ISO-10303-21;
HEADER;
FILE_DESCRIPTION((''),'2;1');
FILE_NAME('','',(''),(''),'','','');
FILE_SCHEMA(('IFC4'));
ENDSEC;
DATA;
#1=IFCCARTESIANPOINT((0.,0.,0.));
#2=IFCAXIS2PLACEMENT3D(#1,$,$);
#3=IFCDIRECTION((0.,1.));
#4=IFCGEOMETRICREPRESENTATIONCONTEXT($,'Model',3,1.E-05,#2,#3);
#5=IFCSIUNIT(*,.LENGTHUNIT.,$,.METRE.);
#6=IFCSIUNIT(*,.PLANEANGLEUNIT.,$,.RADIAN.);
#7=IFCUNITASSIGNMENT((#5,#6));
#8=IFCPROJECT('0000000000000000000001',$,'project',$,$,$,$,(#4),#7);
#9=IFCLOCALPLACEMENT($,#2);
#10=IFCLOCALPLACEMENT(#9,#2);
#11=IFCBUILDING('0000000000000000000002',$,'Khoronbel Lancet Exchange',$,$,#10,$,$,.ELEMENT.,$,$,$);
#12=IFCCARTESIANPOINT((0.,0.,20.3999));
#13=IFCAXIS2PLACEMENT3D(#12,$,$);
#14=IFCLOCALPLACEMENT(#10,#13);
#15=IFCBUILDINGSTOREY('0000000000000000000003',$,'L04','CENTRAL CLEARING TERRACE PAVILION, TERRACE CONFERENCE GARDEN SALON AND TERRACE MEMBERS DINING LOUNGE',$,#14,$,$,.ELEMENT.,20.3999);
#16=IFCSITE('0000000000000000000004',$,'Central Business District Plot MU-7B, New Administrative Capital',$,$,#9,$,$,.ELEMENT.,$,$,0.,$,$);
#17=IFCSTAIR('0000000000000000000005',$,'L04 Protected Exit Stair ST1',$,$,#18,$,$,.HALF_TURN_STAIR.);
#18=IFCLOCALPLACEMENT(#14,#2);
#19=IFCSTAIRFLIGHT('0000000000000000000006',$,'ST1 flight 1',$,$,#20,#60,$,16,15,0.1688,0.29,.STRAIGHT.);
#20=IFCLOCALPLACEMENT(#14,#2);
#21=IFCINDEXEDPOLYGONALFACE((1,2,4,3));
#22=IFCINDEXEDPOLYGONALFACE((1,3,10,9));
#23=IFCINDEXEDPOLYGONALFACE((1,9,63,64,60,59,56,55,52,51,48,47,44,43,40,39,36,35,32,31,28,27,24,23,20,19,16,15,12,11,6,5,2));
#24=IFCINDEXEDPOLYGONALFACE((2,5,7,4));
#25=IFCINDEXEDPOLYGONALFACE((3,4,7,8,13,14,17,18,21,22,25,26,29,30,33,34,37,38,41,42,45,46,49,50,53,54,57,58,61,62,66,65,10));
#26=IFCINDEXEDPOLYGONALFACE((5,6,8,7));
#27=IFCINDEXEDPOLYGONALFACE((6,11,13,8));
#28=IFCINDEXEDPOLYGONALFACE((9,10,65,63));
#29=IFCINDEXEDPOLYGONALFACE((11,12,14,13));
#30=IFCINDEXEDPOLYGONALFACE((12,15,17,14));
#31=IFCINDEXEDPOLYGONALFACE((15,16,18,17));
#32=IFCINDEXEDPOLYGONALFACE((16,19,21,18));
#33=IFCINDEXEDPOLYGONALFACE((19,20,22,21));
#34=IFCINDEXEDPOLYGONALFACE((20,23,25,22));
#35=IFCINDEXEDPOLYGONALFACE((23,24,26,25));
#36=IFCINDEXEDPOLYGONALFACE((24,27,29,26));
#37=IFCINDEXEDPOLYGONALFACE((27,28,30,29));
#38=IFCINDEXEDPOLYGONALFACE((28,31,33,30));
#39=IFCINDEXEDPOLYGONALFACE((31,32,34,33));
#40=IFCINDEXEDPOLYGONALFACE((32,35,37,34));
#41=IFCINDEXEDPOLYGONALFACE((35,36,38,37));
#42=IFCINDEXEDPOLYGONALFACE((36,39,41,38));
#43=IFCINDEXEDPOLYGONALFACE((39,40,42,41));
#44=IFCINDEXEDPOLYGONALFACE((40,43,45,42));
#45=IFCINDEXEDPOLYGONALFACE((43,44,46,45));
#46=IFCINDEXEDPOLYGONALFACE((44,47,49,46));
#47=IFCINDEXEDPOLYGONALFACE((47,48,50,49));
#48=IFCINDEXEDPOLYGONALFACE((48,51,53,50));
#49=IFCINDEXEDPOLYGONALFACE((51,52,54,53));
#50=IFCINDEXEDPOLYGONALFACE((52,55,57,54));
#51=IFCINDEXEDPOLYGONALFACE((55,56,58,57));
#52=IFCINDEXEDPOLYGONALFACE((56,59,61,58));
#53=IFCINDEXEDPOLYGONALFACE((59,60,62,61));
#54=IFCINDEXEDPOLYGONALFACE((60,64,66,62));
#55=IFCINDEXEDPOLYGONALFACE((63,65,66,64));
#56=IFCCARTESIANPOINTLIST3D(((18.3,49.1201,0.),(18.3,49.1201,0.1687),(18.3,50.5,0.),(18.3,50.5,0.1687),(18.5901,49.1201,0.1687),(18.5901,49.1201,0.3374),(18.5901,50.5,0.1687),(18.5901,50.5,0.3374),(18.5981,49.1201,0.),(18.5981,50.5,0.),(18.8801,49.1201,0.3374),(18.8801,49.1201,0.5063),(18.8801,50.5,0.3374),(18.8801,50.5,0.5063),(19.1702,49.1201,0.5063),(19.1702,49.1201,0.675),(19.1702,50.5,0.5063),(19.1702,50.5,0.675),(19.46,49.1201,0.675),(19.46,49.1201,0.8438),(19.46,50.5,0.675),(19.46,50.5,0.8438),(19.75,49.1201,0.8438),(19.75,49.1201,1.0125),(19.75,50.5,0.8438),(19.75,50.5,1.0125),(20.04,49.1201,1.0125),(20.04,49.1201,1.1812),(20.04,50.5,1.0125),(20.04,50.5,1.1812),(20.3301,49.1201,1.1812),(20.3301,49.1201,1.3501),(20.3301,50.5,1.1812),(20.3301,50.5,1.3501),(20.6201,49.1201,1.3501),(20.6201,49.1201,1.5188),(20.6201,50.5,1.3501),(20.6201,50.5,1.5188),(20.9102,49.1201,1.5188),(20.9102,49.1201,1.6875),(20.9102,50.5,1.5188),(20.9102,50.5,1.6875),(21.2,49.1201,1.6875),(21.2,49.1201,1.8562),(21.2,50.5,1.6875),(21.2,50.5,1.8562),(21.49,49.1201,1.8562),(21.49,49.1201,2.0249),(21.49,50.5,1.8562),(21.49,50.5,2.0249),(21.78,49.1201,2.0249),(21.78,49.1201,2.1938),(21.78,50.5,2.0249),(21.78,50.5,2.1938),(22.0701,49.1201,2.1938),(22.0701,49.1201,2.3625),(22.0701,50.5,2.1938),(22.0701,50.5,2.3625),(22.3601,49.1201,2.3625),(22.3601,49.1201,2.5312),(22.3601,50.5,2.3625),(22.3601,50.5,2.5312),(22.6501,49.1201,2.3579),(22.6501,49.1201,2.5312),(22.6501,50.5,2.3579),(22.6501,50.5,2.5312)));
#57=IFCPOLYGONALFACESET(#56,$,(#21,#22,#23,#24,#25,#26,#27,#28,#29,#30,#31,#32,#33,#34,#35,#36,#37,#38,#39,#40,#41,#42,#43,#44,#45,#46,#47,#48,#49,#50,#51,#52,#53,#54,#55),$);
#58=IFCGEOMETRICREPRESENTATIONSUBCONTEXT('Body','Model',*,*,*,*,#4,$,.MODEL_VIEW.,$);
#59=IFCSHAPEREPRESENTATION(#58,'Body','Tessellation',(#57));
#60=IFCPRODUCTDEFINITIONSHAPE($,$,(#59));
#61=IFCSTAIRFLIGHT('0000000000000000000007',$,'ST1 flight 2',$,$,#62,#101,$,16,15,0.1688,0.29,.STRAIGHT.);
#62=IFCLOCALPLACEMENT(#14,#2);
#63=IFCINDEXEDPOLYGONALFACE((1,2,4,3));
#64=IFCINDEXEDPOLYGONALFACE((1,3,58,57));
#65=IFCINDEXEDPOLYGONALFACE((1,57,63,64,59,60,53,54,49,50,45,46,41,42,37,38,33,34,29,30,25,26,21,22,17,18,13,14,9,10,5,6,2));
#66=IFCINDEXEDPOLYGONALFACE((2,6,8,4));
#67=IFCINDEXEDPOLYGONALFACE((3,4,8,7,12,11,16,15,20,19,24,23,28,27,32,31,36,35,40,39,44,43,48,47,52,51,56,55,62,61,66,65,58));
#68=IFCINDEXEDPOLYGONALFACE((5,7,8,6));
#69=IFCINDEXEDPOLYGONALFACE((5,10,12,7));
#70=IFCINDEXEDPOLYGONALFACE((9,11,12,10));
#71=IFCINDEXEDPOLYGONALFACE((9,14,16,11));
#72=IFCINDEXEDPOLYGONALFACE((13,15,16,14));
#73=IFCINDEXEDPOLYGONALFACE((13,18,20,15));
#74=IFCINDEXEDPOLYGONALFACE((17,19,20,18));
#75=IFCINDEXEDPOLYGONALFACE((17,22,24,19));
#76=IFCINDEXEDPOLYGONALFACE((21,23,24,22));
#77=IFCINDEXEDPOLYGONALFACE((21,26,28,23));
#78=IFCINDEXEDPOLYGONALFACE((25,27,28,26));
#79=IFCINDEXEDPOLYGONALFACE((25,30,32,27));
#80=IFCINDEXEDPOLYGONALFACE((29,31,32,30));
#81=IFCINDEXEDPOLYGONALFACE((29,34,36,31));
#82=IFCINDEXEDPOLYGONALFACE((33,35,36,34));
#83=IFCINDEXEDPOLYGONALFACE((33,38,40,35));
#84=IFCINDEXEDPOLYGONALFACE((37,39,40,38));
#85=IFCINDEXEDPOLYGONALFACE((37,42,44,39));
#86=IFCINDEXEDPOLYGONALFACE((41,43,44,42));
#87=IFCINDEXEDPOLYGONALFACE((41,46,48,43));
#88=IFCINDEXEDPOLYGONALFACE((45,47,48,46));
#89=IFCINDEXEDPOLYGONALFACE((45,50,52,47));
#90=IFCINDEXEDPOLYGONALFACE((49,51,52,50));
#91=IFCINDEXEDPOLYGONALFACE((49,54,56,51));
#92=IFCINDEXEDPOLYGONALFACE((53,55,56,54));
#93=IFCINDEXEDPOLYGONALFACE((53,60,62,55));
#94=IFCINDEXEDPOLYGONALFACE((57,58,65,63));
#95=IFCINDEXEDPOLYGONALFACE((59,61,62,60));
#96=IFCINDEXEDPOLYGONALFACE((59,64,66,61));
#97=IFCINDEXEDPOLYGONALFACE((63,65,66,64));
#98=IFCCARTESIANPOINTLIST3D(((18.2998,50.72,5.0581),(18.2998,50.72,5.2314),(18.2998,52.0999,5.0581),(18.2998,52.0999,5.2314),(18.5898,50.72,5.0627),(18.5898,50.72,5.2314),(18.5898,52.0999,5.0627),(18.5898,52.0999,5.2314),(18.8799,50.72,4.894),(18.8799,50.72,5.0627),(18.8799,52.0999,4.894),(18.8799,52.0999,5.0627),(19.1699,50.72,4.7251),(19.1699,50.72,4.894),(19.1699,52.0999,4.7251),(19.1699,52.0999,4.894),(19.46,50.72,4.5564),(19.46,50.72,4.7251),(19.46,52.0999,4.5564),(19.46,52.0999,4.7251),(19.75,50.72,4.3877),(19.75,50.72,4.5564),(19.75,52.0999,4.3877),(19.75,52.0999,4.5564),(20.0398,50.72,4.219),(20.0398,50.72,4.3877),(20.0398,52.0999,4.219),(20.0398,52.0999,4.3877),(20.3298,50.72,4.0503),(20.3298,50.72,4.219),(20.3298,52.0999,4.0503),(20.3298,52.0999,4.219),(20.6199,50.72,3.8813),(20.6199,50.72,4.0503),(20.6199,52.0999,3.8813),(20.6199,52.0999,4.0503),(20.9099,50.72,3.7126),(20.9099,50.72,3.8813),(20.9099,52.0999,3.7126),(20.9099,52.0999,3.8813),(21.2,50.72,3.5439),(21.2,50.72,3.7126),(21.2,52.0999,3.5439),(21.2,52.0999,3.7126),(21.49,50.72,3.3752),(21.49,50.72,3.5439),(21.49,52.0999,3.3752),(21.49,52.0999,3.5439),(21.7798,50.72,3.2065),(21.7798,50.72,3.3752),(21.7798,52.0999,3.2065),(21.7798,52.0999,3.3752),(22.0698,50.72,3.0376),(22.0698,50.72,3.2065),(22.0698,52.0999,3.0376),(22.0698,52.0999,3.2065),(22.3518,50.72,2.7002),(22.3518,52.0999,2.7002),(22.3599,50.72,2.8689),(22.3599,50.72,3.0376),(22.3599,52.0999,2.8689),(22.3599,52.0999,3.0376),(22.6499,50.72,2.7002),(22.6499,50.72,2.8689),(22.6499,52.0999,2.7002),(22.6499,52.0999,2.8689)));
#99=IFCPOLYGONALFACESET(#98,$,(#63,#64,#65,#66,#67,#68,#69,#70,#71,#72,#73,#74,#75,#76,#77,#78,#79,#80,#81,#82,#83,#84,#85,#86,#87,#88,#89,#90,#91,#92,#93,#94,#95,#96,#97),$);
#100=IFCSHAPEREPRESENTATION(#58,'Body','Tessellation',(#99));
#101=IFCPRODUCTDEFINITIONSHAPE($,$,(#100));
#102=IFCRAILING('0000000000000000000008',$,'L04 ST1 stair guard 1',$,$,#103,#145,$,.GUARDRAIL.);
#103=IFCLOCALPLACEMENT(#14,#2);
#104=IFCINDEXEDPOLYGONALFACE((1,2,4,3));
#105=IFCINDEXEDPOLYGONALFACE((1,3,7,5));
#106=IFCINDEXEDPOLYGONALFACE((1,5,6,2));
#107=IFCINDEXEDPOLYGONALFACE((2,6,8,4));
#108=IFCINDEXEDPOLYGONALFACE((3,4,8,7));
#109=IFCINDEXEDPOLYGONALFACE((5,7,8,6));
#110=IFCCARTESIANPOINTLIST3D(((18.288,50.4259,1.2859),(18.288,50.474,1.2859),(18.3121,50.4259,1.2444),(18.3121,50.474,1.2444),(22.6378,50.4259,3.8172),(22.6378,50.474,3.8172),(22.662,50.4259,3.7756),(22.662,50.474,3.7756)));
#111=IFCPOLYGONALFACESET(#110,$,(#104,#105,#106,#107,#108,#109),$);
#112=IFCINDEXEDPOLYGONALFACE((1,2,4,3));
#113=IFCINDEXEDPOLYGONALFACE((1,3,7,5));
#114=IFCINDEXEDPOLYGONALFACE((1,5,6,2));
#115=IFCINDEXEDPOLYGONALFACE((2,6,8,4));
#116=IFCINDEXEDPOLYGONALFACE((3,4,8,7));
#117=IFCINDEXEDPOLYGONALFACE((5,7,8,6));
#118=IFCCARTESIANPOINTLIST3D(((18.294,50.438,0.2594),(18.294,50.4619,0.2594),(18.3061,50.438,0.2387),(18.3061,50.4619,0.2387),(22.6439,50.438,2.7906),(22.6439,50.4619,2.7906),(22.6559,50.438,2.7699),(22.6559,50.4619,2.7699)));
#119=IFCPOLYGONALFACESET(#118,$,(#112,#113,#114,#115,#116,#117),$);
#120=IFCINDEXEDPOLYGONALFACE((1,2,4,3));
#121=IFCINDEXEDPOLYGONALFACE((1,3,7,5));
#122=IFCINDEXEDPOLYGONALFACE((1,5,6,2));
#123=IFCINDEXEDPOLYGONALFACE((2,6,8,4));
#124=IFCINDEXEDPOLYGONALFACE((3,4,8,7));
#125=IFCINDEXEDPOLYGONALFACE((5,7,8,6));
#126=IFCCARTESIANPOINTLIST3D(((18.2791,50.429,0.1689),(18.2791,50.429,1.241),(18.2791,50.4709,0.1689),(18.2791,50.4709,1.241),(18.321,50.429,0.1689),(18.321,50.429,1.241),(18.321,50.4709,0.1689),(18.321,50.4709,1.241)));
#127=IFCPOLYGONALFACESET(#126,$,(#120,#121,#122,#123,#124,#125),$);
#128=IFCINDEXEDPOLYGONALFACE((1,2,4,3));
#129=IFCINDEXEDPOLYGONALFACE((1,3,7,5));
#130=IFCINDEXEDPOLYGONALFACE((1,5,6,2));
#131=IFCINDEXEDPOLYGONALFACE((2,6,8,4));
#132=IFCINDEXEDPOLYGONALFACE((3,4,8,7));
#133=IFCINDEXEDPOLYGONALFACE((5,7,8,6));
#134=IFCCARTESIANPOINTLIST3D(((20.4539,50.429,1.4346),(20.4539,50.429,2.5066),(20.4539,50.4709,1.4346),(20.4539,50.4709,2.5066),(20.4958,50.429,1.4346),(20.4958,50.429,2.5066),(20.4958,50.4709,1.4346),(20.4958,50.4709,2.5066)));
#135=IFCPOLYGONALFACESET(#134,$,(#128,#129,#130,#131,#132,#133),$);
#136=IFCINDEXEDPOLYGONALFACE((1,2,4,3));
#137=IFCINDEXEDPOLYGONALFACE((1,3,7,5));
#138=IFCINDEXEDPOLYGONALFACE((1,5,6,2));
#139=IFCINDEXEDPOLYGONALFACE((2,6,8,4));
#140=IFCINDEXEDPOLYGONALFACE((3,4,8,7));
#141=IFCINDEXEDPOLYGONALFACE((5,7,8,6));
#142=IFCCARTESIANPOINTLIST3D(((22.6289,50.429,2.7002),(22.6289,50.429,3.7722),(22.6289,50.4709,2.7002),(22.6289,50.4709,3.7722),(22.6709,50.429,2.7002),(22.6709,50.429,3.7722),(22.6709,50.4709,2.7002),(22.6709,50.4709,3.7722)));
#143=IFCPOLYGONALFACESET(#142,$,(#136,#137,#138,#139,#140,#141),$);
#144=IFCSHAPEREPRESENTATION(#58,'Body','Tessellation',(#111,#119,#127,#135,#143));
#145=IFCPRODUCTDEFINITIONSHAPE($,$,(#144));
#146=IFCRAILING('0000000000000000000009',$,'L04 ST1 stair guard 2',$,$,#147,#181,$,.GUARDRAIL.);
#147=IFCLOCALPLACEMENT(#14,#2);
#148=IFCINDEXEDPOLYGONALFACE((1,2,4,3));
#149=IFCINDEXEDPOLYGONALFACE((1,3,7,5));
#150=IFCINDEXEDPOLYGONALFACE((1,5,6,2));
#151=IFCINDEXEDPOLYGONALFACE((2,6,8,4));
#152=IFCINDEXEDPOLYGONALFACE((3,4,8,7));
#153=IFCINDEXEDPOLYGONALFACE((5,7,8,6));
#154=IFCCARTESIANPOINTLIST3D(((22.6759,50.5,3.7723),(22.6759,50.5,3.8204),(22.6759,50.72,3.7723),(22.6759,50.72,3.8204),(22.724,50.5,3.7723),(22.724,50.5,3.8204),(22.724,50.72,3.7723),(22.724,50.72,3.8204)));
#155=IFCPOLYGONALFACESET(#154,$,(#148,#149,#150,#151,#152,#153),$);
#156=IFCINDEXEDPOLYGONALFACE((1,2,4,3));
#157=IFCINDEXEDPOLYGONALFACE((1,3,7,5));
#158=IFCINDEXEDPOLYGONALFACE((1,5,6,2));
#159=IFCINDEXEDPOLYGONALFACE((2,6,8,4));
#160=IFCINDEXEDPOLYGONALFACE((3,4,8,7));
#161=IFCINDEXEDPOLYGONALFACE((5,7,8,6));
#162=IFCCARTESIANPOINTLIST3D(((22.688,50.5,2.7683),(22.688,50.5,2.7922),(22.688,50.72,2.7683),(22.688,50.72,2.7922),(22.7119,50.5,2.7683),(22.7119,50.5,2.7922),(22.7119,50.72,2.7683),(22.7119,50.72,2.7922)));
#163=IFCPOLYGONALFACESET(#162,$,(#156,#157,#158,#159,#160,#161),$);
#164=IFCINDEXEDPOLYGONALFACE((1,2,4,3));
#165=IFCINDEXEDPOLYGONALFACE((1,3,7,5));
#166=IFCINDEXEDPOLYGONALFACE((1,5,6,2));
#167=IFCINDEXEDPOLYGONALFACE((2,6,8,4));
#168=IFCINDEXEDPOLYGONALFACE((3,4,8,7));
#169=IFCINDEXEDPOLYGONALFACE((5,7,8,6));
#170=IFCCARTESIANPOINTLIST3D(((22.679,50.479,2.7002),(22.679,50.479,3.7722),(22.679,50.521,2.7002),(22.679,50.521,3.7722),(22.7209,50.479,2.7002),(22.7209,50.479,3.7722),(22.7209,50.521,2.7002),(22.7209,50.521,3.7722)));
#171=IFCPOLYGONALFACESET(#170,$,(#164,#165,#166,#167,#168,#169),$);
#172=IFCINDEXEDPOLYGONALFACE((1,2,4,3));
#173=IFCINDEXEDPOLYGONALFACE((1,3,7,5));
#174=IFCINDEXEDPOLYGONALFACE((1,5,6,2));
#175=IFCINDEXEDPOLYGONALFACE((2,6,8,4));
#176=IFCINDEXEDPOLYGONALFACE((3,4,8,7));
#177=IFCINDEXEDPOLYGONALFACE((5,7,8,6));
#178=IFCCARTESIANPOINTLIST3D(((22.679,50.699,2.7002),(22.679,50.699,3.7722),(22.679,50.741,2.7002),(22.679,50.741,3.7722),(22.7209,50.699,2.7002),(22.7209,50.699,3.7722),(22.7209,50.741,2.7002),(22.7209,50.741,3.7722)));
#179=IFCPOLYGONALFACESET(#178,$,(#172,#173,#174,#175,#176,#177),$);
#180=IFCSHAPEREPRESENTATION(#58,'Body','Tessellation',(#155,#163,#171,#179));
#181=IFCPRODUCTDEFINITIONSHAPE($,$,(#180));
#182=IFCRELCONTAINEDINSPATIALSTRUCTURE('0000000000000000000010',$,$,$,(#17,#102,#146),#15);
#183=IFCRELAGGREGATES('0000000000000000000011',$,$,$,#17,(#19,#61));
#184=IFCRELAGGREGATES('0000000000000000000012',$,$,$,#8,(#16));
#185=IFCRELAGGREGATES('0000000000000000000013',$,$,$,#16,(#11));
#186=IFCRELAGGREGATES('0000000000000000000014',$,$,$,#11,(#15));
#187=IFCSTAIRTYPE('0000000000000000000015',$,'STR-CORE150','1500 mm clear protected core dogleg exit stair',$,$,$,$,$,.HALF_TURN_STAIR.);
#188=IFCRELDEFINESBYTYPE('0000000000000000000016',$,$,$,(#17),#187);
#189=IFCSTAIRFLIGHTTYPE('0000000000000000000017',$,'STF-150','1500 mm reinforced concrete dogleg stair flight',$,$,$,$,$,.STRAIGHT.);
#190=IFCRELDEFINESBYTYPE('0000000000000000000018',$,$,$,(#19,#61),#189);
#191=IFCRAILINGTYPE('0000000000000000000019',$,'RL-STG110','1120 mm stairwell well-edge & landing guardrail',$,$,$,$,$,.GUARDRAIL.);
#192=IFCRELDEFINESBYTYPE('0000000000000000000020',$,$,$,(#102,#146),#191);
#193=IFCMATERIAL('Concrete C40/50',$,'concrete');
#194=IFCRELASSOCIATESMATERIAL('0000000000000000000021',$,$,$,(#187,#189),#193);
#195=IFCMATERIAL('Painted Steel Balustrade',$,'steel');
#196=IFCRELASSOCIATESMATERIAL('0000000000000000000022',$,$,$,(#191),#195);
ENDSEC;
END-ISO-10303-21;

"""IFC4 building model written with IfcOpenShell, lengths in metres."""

from ifc_helpers import new_model, si_unit, direction, frame, origin, origin_2d, place, context, subcontext, project, spatial, polyline, rectangle, outline, extrude, material, type_object, element, aggregate, save


model = new_model("IFC4")

# Units and contexts
model_context = context("Model", 3, precision=1e-05, world=origin(), true_north=direction((0.0, 1.0)))
body_context = subcontext(model_context, "Body", "Model", "MODEL_VIEW")
ifc_project = project(units=[si_unit("LENGTHUNIT", "METRE"), si_unit("PLANEANGLEUNIT", "RADIAN")], contexts=[model_context])

# Site, building, storey
site_placement = place(None, origin())
site = spatial("IfcSite", under=ifc_project, at=site_placement, Name="Central Business District Plot MU-7B, New Administrative Capital", CompositionType="ELEMENT", RefElevation=0.0)
building_placement = place(site_placement, origin())
building = spatial("IfcBuilding", under=site, at=building_placement, Name="Khoronbel Lancet Exchange", CompositionType="ELEMENT")
storey_placement = place(building_placement, frame((0.0, 0.0, 20.3999)))
storey = spatial("IfcBuildingStorey", under=building, at=storey_placement, Name="L04", Description="CENTRAL CLEARING TERRACE PAVILION, TERRACE CONFERENCE GARDEN SALON AND TERRACE MEMBERS DINING LOUNGE", CompositionType="ELEMENT", Elevation=20.3999)

# Stair, stair flights
ifc_material_1 = material(Name="Concrete C40/50", Category="concrete")
stair_type = type_object("IfcStairType", Name="STR-CORE150", Description="1500 mm clear protected core dogleg exit stair", PredefinedType="HALF_TURN_STAIR", material=ifc_material_1)
stair_placement = place(storey_placement, origin())
stair = element("IfcStair", 1, at=stair_placement, inside=storey, type_object=stair_type, Name="L04 Protected Exit Stair ST1", PredefinedType="HALF_TURN_STAIR")
stair_flight_type = type_object("IfcStairFlightType", Name="STF-150", Description="1500 mm reinforced concrete dogleg stair flight", PredefinedType="STRAIGHT", material=ifc_material_1)
stair_flight_1_placement = place(storey_placement, frame((18.3, 49.8101, 0.0), z_axis=(0.0, 0.0, 1.0), x_axis=(1.0, 0.0, 0.0)))
stair_flight_1 = element("IfcStairFlight", 2, at=stair_flight_1_placement, type_object=stair_flight_type, Name="ST1 flight 1", NumberOfRisers=16, NumberOfTreads=15, PredefinedType="STRAIGHT", RiserHeight=0.1688, TreadLength=0.29, context=body_context, shape_type="SweptSolid", body=[
    extrude(outline(polyline([(0.0, 0.0), (0.0, 0.1687), (0.29, 0.1687), (0.29, 0.3374), (0.5801, 0.3374), (0.5801, 0.5063), (0.8701, 0.5063), (0.8701, 0.675), (1.1599, 0.675), (1.1599, 0.8438), (1.45, 0.8438), (1.45, 1.0125), (1.74, 1.0125), (1.74, 1.1812), (2.03, 1.1812), (2.03, 1.3501), (2.3201, 1.3501), (2.3201, 1.5188), (2.6101, 1.5188), (2.6101, 1.6875), (2.8999, 1.6875), (2.8999, 1.8562), (3.1899, 1.8562), (3.1899, 2.0249), (3.48, 2.0249), (3.48, 2.1938), (3.77, 2.1938), (3.77, 2.3625), (4.0601, 2.3625), (4.0601, 2.5312), (4.3501, 2.5312), (4.3501, 2.7), (4.3501, 2.3579), (0.2981, 0.0), (0.0, 0.0)])), frame((0.0, 0.6899, 0.0), z_axis=(0.0, -1.0, 0.0), x_axis=(1.0, 0.0, 0.0)), (0.0, 0.0, 1.0), 1.3799),
])
stair_flight_2_placement = place(storey_placement, frame((22.6499, 51.4099, 2.7002), z_axis=(0.0, 0.0, 1.0), x_axis=(-1.0, 0.0, 0.0)))
stair_flight_2 = element("IfcStairFlight", 3, at=stair_flight_2_placement, type_object=stair_flight_type, Name="ST1 flight 2", NumberOfRisers=16, NumberOfTreads=15, PredefinedType="STRAIGHT", RiserHeight=0.1688, TreadLength=0.29, context=body_context, shape_type="SweptSolid", body=[
    extrude(outline(polyline([(0.0, 0.0), (0.0, 0.1687), (0.29, 0.1687), (0.29, 0.3374), (0.5801, 0.3374), (0.5801, 0.5063), (0.8701, 0.5063), (0.8701, 0.675), (1.1599, 0.675), (1.1599, 0.8438), (1.45, 0.8438), (1.45, 1.0125), (1.74, 1.0125), (1.74, 1.1812), (2.03, 1.1812), (2.03, 1.3501), (2.3201, 1.3501), (2.3201, 1.5188), (2.6101, 1.5188), (2.6101, 1.6875), (2.8999, 1.6875), (2.8999, 1.8562), (3.1899, 1.8562), (3.1899, 2.0249), (3.48, 2.0249), (3.48, 2.1938), (3.77, 2.1938), (3.77, 2.3625), (4.0601, 2.3625), (4.0601, 2.5312), (4.3501, 2.5312), (4.3501, 2.7), (4.3501, 2.3579), (0.2981, 0.0), (0.0, 0.0)])), frame((0.0, 0.6899, 0.0), z_axis=(0.0, -1.0, 0.0), x_axis=(1.0, 0.0, 0.0)), (0.0, 0.0, 1.0), 1.3799),
])
aggregate(stair, [stair_flight_1, stair_flight_2])

# Railings
ifc_material_2 = material(Name="Painted Steel Balustrade", Category="steel")
railing_type_1 = type_object("IfcRailingType", Name="RL-STG110", Description="1120 mm stairwell well-edge & landing guardrail", PredefinedType="GUARDRAIL", material=ifc_material_2)
railing_1_placement = place(storey_placement, frame((18.3, 50.45, 0.1689)))
element("IfcRailing", 4, at=railing_1_placement, inside=storey, type_object=railing_type_1, Name="L04 ST1 stair guard 1", PredefinedType="GUARDRAIL", context=body_context, shape_type="SweptSolid", body=[
    extrude(rectangle(XDim=0.0481, YDim=0.0481, at=origin_2d()), frame((0.0, 0.0, 1.0962), z_axis=(0.864312, 0.0, 0.502957), x_axis=(0.0, 1.0, 0.0)), (0.0, 0.0, 1.0), 5.0327),
    extrude(rectangle(XDim=0.0239, YDim=0.0239, at=origin_2d()), frame((0.0, 0.0, 0.0801), z_axis=(0.864312, 0.0, 0.502957), x_axis=(0.0, 1.0, 0.0)), (0.0, 0.0, 1.0), 5.0327),
    extrude(rectangle(XDim=0.042, YDim=0.042, at=origin_2d()), origin(), (0.0, 0.0, 1.0), 1.072),
    extrude(rectangle(XDim=0.042, YDim=0.042, at=origin_2d()), frame((2.1748, 0.0, 1.2656)), (0.0, 0.0, 1.0), 1.072),
    extrude(rectangle(XDim=0.042, YDim=0.042, at=origin_2d()), frame((4.3499, 0.0, 2.5312)), (0.0, 0.0, 1.0), 1.072),
])
railing_2_placement = place(storey_placement, frame((22.7, 50.5, 2.7002)))
element("IfcRailing", 5, at=railing_2_placement, inside=storey, type_object=railing_type_1, Name="L04 ST1 stair guard 2", PredefinedType="GUARDRAIL", context=body_context, shape_type="SweptSolid", body=[
    extrude(rectangle(XDim=0.0481, YDim=0.0481, at=origin_2d()), frame((0.0, 0.0, 1.0962), z_axis=(0.0, 1.0, 0.0), x_axis=(-1.0, 0.0, 0.0)), (0.0, 0.0, 1.0), 0.22),
    extrude(rectangle(XDim=0.0239, YDim=0.0239, at=origin_2d()), frame((0.0, 0.0, 0.0801), z_axis=(0.0, 1.0, 0.0), x_axis=(-1.0, 0.0, 0.0)), (0.0, 0.0, 1.0), 0.22),
    extrude(rectangle(XDim=0.042, YDim=0.042, at=origin_2d()), origin(), (0.0, 0.0, 1.0), 1.072),
    extrude(rectangle(XDim=0.042, YDim=0.042, at=origin_2d()), frame((0.0, 0.22, 0.0)), (0.0, 0.0, 1.0), 1.072),
])

save(model, "model.ifc")
